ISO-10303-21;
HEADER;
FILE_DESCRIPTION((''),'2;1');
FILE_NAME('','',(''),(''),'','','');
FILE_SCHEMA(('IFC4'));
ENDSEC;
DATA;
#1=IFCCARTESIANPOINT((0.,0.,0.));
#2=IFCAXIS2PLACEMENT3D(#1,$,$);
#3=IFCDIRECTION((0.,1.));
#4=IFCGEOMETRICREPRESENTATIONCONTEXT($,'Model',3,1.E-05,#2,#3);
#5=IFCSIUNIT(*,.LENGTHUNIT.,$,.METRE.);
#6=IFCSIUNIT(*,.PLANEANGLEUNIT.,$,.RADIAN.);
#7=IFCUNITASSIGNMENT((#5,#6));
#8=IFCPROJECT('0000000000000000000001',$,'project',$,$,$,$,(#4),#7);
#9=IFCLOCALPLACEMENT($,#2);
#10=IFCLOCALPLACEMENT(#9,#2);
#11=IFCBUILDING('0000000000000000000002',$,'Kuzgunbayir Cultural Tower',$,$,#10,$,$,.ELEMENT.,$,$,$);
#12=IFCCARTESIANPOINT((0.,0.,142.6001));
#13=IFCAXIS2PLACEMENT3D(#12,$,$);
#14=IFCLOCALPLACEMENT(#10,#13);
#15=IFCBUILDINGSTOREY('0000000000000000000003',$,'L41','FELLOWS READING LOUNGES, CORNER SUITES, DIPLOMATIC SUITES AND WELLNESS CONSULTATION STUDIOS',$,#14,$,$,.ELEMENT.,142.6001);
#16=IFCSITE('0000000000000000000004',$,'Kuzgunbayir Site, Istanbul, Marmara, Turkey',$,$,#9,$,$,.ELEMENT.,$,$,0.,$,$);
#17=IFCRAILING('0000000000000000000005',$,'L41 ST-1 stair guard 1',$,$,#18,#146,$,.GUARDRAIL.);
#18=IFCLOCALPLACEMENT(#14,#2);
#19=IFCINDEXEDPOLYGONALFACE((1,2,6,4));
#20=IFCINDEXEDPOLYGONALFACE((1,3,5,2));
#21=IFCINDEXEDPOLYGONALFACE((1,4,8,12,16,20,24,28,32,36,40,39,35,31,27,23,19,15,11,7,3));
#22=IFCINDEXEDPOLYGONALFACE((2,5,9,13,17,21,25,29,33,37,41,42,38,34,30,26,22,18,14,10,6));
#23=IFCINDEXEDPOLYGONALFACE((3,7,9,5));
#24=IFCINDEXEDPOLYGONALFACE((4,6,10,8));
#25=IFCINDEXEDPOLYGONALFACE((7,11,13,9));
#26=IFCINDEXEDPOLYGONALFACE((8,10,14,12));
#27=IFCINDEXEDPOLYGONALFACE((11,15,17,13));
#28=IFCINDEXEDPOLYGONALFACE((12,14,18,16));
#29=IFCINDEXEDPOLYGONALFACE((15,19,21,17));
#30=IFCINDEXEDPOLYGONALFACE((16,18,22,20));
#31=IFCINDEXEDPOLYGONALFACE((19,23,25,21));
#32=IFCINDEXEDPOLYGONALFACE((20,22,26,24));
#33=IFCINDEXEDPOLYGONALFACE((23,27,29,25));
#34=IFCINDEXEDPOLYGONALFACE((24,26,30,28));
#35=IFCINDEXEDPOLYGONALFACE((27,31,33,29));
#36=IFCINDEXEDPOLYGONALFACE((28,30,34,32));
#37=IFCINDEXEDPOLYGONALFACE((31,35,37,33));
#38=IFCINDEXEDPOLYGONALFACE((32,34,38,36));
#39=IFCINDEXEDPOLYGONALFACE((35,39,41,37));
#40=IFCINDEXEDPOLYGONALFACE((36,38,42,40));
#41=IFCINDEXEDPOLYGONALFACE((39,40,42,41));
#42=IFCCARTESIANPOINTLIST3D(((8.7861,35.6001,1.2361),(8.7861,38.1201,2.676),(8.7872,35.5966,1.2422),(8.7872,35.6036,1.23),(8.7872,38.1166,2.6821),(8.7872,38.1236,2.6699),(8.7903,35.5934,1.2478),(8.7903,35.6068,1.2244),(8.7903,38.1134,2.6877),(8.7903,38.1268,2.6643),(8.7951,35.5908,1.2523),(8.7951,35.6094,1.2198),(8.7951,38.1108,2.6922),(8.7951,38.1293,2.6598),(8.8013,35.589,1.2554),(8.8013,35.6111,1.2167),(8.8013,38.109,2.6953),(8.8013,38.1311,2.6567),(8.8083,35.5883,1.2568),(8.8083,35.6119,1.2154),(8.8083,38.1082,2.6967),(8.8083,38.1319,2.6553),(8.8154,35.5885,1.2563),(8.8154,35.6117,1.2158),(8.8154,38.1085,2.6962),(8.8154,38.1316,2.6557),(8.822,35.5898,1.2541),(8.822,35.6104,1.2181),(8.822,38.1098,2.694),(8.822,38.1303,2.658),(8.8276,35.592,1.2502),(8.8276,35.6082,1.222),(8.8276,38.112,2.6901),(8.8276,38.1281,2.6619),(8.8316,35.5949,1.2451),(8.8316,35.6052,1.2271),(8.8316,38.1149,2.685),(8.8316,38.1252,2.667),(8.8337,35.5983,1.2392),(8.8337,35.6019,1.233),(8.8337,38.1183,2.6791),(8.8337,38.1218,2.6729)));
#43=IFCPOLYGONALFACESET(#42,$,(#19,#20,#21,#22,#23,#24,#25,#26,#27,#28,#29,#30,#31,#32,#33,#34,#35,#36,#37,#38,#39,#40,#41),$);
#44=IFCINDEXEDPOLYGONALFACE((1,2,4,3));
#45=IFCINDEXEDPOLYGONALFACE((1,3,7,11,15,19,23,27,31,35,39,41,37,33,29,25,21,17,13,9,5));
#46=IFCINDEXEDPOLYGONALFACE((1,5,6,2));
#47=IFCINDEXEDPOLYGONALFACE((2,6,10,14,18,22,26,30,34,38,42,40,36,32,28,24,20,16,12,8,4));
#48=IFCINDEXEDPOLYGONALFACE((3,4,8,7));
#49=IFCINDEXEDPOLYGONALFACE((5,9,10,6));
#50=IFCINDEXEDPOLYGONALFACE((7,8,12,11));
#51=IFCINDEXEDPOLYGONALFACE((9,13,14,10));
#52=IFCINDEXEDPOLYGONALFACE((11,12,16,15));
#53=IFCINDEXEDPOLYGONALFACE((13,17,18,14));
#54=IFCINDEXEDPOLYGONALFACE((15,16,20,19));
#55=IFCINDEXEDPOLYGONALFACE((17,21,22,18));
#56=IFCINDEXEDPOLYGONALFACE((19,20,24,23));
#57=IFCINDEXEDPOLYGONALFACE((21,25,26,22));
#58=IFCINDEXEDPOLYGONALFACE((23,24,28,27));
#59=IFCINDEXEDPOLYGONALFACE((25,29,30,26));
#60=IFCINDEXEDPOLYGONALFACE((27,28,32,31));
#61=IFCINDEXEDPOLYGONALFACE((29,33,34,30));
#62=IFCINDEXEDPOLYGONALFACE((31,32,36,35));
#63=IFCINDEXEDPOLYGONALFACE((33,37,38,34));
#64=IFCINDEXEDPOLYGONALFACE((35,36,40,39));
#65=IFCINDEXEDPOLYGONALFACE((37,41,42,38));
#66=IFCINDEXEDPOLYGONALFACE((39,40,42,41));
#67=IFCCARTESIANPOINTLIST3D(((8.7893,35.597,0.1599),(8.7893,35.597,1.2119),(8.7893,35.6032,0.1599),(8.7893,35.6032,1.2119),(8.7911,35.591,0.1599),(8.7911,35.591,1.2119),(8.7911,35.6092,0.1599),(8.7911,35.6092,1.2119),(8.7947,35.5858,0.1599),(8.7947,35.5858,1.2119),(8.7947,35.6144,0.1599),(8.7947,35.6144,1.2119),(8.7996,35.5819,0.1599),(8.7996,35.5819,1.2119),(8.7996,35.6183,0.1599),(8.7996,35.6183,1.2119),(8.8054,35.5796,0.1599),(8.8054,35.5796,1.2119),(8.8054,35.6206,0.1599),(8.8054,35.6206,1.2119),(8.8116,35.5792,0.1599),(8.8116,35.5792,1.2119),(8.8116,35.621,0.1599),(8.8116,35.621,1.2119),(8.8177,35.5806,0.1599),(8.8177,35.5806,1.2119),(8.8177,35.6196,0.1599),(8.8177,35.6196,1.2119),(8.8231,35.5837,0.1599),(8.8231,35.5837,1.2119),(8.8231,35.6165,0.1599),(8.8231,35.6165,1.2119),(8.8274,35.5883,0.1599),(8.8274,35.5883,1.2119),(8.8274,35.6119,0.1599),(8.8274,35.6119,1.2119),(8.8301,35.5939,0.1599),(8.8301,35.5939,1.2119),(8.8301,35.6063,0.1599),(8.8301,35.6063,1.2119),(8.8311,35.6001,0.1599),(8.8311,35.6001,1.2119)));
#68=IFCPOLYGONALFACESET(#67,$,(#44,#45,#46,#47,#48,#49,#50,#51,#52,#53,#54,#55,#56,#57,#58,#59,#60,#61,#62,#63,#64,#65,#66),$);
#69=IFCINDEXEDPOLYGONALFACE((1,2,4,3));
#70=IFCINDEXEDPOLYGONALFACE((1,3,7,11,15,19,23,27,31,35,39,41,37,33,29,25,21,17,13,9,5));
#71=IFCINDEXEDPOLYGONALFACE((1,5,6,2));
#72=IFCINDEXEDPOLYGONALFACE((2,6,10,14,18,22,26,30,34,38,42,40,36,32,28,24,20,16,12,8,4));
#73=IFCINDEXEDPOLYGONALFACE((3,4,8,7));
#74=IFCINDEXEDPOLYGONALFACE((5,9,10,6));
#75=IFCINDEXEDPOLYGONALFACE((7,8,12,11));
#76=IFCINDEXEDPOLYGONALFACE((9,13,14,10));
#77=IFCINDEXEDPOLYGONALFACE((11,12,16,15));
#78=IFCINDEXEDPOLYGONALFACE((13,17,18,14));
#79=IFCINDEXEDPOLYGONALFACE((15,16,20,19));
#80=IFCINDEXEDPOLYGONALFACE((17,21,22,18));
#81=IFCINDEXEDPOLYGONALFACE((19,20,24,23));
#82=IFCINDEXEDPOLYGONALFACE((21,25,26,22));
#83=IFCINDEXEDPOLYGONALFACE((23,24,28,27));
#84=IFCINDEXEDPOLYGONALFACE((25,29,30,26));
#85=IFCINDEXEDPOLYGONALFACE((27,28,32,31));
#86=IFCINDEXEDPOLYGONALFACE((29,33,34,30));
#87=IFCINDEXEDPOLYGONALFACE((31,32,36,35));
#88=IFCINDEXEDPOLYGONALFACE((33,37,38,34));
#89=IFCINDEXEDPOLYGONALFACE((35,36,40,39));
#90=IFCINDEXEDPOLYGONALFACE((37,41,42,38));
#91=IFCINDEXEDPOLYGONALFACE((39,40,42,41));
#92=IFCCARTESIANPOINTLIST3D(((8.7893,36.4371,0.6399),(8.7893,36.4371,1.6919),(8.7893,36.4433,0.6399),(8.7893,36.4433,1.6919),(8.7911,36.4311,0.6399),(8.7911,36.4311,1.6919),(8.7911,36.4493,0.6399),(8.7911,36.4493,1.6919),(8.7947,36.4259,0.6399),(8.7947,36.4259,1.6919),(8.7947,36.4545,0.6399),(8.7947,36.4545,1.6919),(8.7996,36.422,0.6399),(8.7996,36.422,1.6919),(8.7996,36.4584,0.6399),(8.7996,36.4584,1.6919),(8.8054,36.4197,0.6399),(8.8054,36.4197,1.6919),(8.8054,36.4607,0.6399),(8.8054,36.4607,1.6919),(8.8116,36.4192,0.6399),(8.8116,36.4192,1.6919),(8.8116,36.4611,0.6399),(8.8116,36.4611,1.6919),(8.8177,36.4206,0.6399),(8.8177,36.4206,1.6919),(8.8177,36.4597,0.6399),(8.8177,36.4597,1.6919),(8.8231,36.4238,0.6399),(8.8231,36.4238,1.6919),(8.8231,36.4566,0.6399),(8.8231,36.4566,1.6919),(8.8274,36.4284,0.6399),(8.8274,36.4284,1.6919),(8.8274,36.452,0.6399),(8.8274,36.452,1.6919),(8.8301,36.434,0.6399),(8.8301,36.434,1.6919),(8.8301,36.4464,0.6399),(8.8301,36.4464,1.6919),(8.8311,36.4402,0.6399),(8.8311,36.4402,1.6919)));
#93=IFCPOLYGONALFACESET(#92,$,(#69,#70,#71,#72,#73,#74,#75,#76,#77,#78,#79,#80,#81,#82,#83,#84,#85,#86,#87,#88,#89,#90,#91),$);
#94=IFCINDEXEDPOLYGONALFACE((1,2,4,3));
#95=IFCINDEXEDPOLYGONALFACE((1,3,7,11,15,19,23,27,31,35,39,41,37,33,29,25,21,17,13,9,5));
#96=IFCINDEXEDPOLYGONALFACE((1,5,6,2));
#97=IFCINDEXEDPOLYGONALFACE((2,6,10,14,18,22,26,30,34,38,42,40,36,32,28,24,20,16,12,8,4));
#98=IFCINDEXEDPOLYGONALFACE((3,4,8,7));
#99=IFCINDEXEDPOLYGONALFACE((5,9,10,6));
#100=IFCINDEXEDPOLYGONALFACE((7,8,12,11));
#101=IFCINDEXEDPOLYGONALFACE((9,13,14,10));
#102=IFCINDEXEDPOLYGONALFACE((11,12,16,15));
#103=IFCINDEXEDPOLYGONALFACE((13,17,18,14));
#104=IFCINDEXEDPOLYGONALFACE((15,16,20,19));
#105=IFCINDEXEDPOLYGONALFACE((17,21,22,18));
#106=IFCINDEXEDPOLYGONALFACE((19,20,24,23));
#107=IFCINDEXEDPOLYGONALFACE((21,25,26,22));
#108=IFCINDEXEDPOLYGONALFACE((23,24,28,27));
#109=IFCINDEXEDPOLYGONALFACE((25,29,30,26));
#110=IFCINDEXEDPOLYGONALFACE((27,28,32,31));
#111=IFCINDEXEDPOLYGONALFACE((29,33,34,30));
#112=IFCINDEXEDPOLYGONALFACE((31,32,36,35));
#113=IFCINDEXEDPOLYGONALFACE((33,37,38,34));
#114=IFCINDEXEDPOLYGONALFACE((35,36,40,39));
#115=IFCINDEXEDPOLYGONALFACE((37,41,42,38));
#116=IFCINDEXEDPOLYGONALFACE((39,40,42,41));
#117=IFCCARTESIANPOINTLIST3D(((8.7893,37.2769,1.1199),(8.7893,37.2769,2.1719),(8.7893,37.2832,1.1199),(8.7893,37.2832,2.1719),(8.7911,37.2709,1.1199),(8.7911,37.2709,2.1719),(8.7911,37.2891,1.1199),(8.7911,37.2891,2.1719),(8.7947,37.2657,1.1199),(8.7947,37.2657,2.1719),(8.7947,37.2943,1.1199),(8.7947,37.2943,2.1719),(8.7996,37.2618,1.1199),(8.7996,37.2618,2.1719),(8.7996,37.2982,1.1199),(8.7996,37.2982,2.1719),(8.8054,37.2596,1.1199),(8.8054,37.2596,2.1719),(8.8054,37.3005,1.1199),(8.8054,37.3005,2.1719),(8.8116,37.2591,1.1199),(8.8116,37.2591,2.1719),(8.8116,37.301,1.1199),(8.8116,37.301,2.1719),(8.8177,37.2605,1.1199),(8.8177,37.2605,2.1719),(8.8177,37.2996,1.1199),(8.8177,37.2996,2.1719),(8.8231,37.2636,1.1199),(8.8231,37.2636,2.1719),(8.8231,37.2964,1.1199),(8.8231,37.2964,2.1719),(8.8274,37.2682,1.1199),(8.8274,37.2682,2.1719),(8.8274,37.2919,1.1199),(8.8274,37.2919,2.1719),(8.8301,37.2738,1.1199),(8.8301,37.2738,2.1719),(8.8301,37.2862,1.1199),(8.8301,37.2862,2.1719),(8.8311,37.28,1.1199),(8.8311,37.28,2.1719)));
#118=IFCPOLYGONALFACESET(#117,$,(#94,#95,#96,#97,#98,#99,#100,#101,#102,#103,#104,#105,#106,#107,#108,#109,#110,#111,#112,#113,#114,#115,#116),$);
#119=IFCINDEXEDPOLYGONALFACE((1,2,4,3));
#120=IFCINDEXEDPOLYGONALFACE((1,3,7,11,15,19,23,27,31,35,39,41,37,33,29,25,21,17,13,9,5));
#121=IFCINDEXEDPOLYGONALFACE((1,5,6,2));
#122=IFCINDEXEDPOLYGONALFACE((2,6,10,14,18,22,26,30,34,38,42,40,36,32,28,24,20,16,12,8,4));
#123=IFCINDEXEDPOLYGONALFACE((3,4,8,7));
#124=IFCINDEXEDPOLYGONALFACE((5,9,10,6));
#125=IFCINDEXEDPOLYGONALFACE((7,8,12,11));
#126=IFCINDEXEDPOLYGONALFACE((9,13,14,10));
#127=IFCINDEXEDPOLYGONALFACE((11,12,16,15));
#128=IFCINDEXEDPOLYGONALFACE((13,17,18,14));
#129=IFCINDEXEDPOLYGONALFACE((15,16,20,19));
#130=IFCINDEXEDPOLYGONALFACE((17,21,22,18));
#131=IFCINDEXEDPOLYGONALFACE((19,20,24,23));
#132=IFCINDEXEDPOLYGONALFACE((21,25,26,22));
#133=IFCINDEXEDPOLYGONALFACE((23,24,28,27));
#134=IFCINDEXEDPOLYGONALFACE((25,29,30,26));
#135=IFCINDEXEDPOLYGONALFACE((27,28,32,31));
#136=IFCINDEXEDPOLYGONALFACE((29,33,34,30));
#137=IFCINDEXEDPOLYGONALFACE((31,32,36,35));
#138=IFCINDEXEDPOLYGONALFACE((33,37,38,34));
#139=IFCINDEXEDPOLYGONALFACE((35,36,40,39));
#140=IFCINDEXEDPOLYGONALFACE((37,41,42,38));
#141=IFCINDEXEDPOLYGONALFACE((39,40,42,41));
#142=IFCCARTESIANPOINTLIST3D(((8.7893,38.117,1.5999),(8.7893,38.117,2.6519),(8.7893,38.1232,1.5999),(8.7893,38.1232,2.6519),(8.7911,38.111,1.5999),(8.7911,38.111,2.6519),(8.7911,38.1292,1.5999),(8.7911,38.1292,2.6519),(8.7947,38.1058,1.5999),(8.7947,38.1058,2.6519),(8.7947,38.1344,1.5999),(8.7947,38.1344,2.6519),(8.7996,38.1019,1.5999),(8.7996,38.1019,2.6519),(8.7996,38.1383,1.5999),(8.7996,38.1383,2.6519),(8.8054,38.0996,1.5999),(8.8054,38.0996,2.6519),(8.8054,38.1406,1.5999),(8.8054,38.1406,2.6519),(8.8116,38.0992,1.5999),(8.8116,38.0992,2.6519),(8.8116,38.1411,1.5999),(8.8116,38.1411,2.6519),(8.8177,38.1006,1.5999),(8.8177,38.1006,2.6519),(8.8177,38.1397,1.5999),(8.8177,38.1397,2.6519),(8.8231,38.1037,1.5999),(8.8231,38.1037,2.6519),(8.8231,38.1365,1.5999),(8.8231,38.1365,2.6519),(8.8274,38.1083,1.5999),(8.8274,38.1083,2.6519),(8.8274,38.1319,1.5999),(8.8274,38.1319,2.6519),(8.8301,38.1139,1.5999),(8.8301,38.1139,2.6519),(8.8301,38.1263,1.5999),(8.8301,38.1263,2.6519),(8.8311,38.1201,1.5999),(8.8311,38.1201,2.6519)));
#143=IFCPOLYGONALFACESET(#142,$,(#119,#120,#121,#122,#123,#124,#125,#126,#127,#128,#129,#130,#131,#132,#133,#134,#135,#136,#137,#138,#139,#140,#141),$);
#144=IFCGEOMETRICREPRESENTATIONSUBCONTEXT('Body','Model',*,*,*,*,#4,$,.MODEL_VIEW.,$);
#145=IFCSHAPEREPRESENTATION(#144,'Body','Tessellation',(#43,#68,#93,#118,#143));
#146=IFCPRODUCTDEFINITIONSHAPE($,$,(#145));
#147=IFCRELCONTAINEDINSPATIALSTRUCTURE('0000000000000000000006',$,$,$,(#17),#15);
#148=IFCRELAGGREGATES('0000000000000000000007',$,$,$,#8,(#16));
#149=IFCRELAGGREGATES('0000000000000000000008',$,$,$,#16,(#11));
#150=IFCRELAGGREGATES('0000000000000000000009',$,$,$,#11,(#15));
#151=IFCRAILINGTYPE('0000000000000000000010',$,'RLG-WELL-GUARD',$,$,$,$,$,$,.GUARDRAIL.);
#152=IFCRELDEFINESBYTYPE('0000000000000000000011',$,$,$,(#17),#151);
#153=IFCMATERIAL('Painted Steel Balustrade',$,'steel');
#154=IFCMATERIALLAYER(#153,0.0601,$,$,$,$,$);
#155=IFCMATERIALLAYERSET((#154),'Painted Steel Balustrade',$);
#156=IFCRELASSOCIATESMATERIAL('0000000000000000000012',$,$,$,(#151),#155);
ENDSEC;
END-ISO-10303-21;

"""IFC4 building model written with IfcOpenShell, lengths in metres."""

from ifc_helpers import new_model, si_unit, direction, frame, origin, origin_2d, place, context, subcontext, project, spatial, circle, extrude, material, layer, layer_set, type_object, element, save


model = new_model("IFC4")

# Units and contexts
model_context = context("Model", 3, precision=1e-05, world=origin(), true_north=direction((0.0, 1.0)))
body_context = subcontext(model_context, "Body", "Model", "MODEL_VIEW")
ifc_project = project(units=[si_unit("LENGTHUNIT", "METRE"), si_unit("PLANEANGLEUNIT", "RADIAN")], contexts=[model_context])

# Site, building, storey
site_placement = place(None, origin())
site = spatial("IfcSite", under=ifc_project, at=site_placement, Name="Kuzgunbayir Site, Istanbul, Marmara, Turkey", CompositionType="ELEMENT", RefElevation=0.0)
building_placement = place(site_placement, origin())
building = spatial("IfcBuilding", under=site, at=building_placement, Name="Kuzgunbayir Cultural Tower", CompositionType="ELEMENT")
storey_placement = place(building_placement, frame((0.0, 0.0, 142.6001)))
storey = spatial("IfcBuildingStorey", under=building, at=storey_placement, Name="L41", Description="FELLOWS READING LOUNGES, CORNER SUITES, DIPLOMATIC SUITES AND WELLNESS CONSULTATION STUDIOS", CompositionType="ELEMENT", Elevation=142.6001)

# Railing
ifc_material_1 = material(Name="Painted Steel Balustrade", Category="steel")
ifc_layer_1 = layer(ifc_material_1, 0.0601)
ifc_layer_set_1 = layer_set([ifc_layer_1], Name="Painted Steel Balustrade")
railing_type_1 = type_object("IfcRailingType", Name="RLG-WELL-GUARD", PredefinedType="GUARDRAIL", material=ifc_layer_set_1)
railing_1_placement = place(storey_placement, frame((8.8101, 35.6001, 0.1599)))
element("IfcRailing", 1, at=railing_1_placement, inside=storey, type_object=railing_type_1, Name="L41 ST-1 stair guard 1", PredefinedType="GUARDRAIL", context=body_context, shape_type="SweptSolid", body=[
    extrude(circle(Radius=0.0239, at=origin_2d()), frame((0.0, 0.0, 1.0762), z_axis=(0.0, 0.868253, 0.496121), x_axis=(-1.0, 0.0, 0.0)), (0.0, 0.0, 1.0), 2.9023),
    extrude(circle(Radius=0.021, at=origin_2d()), origin(), (0.0, 0.0, 1.0), 1.052),
    extrude(circle(Radius=0.021, at=origin_2d()), frame((0.0, 0.8401, 0.48)), (0.0, 0.0, 1.0), 1.052),
    extrude(circle(Radius=0.021, at=origin_2d()), frame((0.0, 1.6799, 0.96)), (0.0, 0.0, 1.0), 1.052),
    extrude(circle(Radius=0.021, at=origin_2d()), frame((0.0, 2.52, 1.4399)), (0.0, 0.0, 1.0), 1.052),
])

save(model, "model.ifc")
